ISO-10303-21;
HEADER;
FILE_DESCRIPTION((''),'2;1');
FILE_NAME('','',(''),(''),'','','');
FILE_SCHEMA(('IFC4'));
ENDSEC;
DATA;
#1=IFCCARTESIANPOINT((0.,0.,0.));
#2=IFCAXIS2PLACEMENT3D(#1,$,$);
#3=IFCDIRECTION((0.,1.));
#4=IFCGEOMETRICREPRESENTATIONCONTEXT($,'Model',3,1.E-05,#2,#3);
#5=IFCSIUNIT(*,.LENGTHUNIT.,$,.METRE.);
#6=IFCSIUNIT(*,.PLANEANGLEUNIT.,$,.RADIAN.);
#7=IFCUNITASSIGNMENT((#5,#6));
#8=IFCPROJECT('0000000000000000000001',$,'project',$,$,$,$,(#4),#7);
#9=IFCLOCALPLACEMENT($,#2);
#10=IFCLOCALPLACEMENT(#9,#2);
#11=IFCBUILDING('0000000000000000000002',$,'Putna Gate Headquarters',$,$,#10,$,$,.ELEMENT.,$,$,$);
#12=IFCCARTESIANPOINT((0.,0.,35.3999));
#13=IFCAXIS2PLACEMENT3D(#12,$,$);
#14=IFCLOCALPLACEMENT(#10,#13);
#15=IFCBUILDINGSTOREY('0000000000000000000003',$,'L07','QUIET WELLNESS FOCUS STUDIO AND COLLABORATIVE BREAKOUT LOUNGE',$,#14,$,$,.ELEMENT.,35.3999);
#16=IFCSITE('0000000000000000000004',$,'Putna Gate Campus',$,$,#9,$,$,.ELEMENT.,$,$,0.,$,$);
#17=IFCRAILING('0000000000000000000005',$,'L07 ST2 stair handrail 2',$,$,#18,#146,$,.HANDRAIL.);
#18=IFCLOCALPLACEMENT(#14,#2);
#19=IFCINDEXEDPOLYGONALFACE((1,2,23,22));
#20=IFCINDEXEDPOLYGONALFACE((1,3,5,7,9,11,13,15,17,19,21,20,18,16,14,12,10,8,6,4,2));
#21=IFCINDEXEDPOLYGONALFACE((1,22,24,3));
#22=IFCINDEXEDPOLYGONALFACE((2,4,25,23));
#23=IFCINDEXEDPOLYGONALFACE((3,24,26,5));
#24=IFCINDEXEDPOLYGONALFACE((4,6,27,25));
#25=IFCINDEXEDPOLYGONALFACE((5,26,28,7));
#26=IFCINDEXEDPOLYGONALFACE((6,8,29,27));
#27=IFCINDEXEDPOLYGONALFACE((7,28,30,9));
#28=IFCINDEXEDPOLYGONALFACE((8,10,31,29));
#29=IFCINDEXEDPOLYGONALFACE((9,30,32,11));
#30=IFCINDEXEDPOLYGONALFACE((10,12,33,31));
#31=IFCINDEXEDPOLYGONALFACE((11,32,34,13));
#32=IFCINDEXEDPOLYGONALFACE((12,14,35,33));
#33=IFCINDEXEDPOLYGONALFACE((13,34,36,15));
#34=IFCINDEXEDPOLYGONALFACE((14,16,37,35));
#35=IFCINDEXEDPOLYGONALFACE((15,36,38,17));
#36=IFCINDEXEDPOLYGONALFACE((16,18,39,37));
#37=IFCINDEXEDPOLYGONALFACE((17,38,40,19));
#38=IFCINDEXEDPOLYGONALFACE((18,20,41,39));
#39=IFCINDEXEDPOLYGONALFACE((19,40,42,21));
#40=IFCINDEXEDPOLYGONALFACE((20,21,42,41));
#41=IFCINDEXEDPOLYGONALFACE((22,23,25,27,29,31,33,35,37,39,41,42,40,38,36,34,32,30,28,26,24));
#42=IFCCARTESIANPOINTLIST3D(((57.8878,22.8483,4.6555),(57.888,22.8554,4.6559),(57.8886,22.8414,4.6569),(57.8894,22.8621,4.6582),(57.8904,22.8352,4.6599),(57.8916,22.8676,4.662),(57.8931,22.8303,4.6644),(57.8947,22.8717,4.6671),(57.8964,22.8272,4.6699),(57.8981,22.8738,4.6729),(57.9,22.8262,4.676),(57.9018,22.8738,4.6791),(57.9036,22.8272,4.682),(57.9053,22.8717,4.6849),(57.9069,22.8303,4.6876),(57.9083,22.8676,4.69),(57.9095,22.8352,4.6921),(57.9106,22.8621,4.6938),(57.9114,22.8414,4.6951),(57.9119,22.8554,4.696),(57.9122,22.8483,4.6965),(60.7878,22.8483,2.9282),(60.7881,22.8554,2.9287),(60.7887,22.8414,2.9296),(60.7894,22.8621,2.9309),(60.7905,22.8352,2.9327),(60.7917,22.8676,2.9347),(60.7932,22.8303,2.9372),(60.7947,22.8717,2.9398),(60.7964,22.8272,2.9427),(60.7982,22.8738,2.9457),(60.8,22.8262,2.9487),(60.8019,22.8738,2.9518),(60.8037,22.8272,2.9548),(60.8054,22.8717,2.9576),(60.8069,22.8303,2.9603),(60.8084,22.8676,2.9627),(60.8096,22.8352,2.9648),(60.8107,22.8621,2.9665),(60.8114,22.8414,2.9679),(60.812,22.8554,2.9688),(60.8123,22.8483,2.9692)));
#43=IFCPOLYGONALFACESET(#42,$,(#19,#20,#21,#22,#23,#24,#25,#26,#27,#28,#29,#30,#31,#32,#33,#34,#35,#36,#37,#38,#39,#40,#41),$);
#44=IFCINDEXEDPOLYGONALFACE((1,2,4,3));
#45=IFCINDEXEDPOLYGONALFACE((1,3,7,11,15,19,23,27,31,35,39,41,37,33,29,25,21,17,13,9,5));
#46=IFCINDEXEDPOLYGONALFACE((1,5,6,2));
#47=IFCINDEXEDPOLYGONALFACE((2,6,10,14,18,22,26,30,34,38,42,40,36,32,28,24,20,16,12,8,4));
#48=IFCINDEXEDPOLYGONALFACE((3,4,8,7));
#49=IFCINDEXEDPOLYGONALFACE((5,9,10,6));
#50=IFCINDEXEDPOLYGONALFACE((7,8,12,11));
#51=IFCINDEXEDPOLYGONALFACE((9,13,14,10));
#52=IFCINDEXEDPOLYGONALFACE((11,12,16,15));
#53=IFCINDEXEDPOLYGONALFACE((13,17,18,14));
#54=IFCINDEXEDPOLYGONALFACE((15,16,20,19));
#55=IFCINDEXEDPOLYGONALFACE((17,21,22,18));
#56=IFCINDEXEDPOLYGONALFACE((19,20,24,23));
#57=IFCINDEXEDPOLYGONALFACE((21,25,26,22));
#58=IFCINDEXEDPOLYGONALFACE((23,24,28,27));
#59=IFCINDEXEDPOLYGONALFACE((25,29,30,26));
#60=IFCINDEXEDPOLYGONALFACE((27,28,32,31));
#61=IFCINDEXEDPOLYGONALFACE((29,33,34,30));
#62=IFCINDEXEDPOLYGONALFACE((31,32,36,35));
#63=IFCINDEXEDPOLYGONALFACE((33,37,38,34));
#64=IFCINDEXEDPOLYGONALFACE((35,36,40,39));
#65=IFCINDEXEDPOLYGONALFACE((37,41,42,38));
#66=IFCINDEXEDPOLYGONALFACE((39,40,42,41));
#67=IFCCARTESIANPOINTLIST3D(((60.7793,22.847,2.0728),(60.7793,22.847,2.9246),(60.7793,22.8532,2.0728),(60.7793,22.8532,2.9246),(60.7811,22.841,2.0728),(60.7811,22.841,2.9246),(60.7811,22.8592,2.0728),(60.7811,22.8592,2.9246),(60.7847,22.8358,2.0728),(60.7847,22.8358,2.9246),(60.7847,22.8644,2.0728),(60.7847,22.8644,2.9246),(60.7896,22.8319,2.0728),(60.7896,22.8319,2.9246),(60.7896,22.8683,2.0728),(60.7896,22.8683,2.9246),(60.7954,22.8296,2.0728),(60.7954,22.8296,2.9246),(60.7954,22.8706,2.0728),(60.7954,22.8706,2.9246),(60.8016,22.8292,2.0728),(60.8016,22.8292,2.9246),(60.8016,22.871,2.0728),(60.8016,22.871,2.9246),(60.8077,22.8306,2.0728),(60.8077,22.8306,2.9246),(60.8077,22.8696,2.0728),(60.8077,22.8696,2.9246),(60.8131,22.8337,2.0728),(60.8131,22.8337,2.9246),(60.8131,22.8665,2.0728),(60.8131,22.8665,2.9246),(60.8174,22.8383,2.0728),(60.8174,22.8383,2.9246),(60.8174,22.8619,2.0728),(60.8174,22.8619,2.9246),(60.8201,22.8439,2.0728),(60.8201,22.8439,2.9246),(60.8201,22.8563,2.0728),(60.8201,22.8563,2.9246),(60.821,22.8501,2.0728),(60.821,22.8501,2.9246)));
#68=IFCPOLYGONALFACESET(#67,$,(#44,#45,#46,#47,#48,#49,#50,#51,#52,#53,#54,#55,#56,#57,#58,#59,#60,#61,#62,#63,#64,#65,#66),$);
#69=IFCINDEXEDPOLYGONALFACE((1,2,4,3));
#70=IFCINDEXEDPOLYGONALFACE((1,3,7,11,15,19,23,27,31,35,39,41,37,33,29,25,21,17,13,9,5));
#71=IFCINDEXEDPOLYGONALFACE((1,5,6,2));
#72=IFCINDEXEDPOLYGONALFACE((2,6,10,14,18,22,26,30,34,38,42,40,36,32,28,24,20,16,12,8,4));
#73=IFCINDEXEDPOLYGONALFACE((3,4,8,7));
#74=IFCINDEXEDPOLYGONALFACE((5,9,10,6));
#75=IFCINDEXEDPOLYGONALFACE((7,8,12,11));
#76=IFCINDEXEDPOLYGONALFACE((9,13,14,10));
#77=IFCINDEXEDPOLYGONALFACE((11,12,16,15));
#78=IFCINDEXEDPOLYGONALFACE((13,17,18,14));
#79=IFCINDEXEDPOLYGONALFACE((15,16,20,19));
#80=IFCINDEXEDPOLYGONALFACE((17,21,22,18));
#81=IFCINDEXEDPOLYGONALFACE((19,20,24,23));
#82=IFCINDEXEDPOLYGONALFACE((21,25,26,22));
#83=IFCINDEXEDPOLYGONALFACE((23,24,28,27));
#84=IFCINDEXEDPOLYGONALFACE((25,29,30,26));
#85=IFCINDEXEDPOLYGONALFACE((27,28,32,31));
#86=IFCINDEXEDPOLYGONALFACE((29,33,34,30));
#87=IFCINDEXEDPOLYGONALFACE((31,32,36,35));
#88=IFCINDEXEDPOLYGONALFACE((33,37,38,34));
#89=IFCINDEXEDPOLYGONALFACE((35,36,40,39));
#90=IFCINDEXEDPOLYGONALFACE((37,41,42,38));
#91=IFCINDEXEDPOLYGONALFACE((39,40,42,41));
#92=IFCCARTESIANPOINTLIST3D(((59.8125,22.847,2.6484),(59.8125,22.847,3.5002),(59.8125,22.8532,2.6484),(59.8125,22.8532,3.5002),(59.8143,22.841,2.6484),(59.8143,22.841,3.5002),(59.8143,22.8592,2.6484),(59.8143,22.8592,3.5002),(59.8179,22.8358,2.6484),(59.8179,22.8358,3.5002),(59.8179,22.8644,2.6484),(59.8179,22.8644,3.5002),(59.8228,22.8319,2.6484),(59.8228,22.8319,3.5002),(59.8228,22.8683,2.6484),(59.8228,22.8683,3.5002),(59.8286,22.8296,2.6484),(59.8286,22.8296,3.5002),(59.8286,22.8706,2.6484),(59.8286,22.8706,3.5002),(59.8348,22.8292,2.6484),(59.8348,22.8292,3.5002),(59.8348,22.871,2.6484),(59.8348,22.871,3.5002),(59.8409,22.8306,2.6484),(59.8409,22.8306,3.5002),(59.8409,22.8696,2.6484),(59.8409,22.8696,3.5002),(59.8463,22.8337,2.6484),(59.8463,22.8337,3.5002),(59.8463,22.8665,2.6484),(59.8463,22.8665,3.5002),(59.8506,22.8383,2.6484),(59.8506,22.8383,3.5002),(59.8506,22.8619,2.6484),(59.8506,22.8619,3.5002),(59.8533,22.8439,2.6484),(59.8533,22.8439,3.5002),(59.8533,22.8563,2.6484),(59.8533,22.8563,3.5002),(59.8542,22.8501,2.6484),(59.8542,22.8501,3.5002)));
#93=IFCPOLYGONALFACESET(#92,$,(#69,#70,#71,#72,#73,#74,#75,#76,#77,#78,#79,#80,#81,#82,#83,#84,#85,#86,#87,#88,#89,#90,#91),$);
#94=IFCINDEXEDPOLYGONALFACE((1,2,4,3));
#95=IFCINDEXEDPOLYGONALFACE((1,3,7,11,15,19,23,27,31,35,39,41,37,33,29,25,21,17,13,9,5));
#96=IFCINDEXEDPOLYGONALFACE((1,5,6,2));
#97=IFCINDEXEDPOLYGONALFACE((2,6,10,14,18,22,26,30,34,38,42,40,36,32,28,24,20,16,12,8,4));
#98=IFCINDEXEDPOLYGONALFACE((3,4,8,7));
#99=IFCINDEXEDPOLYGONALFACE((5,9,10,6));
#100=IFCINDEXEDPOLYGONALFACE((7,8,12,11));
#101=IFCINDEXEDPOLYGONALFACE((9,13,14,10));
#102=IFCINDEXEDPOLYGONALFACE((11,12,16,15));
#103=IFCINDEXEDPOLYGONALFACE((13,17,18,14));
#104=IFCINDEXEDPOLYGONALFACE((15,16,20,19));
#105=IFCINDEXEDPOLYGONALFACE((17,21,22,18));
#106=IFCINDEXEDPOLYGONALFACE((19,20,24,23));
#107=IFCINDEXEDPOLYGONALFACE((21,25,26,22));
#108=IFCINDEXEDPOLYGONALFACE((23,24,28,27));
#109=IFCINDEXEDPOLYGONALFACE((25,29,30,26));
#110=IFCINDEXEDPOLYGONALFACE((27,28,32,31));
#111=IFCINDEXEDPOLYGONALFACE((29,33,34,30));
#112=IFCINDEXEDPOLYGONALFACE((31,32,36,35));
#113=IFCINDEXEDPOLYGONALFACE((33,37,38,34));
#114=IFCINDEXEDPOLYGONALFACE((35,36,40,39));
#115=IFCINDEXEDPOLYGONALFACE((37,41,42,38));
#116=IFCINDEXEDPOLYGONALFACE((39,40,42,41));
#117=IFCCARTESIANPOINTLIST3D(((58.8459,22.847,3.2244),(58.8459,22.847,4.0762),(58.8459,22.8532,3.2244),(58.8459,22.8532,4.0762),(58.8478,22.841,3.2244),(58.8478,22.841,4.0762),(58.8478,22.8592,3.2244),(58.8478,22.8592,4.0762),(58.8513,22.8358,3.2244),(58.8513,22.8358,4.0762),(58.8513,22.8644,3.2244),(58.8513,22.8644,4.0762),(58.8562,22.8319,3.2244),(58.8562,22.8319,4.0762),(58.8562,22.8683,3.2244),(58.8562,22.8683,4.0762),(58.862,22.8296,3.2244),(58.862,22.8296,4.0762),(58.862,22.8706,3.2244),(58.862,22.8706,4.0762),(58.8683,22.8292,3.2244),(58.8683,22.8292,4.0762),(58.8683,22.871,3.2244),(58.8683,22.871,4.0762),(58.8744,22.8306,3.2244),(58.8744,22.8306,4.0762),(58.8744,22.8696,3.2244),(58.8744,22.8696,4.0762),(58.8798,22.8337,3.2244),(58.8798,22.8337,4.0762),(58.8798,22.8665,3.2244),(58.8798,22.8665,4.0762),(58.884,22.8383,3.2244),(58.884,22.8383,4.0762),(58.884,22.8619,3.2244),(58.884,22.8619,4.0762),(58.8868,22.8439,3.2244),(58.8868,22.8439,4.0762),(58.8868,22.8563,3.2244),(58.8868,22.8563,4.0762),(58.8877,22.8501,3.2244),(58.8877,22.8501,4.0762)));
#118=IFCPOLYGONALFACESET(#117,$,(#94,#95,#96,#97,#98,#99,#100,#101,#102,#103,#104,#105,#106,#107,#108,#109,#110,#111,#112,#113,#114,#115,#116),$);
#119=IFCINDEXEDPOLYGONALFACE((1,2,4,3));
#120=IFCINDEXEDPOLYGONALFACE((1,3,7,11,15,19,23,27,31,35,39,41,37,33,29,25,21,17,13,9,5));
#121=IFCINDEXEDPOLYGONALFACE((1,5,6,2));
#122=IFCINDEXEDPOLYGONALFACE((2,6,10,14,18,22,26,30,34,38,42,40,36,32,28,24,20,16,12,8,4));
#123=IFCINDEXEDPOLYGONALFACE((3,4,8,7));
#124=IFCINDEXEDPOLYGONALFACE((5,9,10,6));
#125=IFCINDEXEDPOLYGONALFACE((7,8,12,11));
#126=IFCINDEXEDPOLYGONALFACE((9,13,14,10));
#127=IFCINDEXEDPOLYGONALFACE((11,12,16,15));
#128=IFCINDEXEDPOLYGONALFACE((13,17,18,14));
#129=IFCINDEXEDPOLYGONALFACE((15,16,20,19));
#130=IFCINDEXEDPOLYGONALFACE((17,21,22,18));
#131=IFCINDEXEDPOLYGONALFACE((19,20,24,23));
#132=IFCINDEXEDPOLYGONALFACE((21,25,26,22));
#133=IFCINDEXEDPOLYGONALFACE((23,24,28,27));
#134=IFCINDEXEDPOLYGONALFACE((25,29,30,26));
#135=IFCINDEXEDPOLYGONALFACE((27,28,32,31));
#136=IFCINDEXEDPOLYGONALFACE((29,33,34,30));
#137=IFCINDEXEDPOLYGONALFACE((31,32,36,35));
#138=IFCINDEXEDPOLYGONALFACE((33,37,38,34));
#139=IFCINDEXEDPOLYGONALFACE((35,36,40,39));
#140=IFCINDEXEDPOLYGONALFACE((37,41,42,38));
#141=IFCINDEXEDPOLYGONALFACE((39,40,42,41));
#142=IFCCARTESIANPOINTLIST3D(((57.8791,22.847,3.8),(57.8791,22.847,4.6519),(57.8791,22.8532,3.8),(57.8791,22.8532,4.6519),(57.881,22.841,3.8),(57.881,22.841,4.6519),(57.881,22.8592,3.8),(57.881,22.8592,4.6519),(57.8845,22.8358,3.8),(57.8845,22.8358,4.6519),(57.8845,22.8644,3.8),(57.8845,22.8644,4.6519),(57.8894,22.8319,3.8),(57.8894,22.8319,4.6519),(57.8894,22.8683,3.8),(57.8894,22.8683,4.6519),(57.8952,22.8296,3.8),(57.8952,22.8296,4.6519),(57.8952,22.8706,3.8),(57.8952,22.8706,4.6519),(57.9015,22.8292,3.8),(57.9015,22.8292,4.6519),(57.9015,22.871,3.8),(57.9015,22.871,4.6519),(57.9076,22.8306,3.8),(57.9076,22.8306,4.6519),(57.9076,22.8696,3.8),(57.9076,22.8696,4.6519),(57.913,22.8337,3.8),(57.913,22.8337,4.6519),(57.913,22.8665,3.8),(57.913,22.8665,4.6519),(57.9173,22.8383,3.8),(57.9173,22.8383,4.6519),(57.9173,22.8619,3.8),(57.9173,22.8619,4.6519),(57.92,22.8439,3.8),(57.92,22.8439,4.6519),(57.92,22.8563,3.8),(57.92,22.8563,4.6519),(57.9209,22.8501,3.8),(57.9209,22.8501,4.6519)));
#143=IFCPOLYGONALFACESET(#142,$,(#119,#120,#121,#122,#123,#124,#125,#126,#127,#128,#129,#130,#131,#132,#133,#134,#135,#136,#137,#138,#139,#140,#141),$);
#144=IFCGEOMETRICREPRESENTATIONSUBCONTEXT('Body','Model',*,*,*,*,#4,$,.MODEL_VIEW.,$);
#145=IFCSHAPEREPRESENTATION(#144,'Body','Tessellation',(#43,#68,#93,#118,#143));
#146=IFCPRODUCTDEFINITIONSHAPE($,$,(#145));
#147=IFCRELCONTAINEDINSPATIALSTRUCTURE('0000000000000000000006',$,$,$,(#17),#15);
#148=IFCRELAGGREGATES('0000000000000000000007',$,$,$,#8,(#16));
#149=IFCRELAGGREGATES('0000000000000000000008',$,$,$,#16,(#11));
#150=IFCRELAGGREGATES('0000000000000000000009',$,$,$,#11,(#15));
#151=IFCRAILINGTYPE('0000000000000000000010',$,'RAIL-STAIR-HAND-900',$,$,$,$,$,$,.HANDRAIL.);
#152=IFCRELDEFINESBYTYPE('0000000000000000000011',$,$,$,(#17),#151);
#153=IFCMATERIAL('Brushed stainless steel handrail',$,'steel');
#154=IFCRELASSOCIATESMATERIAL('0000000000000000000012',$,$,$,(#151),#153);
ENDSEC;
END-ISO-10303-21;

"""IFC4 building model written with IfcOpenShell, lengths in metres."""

from ifc_helpers import new_model, si_unit, direction, frame, origin, origin_2d, place, context, subcontext, project, spatial, circle, extrude, material, type_object, element, save


model = new_model("IFC4")

# Units and contexts
model_context = context("Model", 3, precision=1e-05, world=origin(), true_north=direction((0.0, 1.0)))
body_context = subcontext(model_context, "Body", "Model", "MODEL_VIEW")
ifc_project = project(units=[si_unit("LENGTHUNIT", "METRE"), si_unit("PLANEANGLEUNIT", "RADIAN")], contexts=[model_context])

# Site, building, storey
site_placement = place(None, origin())
site = spatial("IfcSite", under=ifc_project, at=site_placement, Name="Putna Gate Campus", CompositionType="ELEMENT", RefElevation=0.0)
building_placement = place(site_placement, origin())
building = spatial("IfcBuilding", under=site, at=building_placement, Name="Putna Gate Headquarters", CompositionType="ELEMENT")
storey_placement = place(building_placement, frame((0.0, 0.0, 35.3999)))
storey = spatial("IfcBuildingStorey", under=building, at=storey_placement, Name="L07", Description="QUIET WELLNESS FOCUS STUDIO AND COLLABORATIVE BREAKOUT LOUNGE", CompositionType="ELEMENT", Elevation=35.3999)

# Railing
ifc_material_1 = material(Name="Brushed stainless steel handrail", Category="steel")
railing_type = type_object("IfcRailingType", Name="RAIL-STAIR-HAND-900", PredefinedType="HANDRAIL", material=ifc_material_1)
railing_placement = place(storey_placement, frame((60.8, 22.8501, 2.0728)))
element("IfcRailing", 1, at=railing_placement, inside=storey, type_object=railing_type, Name="L07 ST2 stair handrail 2", PredefinedType="HANDRAIL", context=body_context, shape_type="SweptSolid", body=[
    extrude(circle(Radius=0.0239, at=origin_2d()), frame((0.0, 0.0, 0.876), z_axis=(-0.85916, 0.0, 0.511706), x_axis=(0.0, -1.0, 0.0)), (0.0, 0.0, 1.0), 3.3755),
    extrude(circle(Radius=0.021, at=origin_2d()), origin(), (0.0, 0.0, 1.0), 0.8518),
    extrude(circle(Radius=0.021, at=origin_2d()), frame((-0.9668, 0.0, 0.5757)), (0.0, 0.0, 1.0), 0.8518),
    extrude(circle(Radius=0.021, at=origin_2d()), frame((-1.9333, 0.0, 1.1516)), (0.0, 0.0, 1.0), 0.8518),
    extrude(circle(Radius=0.021, at=origin_2d()), frame((-2.9001, 0.0, 1.7273)), (0.0, 0.0, 1.0), 0.8518),
])

save(model, "model.ifc")
